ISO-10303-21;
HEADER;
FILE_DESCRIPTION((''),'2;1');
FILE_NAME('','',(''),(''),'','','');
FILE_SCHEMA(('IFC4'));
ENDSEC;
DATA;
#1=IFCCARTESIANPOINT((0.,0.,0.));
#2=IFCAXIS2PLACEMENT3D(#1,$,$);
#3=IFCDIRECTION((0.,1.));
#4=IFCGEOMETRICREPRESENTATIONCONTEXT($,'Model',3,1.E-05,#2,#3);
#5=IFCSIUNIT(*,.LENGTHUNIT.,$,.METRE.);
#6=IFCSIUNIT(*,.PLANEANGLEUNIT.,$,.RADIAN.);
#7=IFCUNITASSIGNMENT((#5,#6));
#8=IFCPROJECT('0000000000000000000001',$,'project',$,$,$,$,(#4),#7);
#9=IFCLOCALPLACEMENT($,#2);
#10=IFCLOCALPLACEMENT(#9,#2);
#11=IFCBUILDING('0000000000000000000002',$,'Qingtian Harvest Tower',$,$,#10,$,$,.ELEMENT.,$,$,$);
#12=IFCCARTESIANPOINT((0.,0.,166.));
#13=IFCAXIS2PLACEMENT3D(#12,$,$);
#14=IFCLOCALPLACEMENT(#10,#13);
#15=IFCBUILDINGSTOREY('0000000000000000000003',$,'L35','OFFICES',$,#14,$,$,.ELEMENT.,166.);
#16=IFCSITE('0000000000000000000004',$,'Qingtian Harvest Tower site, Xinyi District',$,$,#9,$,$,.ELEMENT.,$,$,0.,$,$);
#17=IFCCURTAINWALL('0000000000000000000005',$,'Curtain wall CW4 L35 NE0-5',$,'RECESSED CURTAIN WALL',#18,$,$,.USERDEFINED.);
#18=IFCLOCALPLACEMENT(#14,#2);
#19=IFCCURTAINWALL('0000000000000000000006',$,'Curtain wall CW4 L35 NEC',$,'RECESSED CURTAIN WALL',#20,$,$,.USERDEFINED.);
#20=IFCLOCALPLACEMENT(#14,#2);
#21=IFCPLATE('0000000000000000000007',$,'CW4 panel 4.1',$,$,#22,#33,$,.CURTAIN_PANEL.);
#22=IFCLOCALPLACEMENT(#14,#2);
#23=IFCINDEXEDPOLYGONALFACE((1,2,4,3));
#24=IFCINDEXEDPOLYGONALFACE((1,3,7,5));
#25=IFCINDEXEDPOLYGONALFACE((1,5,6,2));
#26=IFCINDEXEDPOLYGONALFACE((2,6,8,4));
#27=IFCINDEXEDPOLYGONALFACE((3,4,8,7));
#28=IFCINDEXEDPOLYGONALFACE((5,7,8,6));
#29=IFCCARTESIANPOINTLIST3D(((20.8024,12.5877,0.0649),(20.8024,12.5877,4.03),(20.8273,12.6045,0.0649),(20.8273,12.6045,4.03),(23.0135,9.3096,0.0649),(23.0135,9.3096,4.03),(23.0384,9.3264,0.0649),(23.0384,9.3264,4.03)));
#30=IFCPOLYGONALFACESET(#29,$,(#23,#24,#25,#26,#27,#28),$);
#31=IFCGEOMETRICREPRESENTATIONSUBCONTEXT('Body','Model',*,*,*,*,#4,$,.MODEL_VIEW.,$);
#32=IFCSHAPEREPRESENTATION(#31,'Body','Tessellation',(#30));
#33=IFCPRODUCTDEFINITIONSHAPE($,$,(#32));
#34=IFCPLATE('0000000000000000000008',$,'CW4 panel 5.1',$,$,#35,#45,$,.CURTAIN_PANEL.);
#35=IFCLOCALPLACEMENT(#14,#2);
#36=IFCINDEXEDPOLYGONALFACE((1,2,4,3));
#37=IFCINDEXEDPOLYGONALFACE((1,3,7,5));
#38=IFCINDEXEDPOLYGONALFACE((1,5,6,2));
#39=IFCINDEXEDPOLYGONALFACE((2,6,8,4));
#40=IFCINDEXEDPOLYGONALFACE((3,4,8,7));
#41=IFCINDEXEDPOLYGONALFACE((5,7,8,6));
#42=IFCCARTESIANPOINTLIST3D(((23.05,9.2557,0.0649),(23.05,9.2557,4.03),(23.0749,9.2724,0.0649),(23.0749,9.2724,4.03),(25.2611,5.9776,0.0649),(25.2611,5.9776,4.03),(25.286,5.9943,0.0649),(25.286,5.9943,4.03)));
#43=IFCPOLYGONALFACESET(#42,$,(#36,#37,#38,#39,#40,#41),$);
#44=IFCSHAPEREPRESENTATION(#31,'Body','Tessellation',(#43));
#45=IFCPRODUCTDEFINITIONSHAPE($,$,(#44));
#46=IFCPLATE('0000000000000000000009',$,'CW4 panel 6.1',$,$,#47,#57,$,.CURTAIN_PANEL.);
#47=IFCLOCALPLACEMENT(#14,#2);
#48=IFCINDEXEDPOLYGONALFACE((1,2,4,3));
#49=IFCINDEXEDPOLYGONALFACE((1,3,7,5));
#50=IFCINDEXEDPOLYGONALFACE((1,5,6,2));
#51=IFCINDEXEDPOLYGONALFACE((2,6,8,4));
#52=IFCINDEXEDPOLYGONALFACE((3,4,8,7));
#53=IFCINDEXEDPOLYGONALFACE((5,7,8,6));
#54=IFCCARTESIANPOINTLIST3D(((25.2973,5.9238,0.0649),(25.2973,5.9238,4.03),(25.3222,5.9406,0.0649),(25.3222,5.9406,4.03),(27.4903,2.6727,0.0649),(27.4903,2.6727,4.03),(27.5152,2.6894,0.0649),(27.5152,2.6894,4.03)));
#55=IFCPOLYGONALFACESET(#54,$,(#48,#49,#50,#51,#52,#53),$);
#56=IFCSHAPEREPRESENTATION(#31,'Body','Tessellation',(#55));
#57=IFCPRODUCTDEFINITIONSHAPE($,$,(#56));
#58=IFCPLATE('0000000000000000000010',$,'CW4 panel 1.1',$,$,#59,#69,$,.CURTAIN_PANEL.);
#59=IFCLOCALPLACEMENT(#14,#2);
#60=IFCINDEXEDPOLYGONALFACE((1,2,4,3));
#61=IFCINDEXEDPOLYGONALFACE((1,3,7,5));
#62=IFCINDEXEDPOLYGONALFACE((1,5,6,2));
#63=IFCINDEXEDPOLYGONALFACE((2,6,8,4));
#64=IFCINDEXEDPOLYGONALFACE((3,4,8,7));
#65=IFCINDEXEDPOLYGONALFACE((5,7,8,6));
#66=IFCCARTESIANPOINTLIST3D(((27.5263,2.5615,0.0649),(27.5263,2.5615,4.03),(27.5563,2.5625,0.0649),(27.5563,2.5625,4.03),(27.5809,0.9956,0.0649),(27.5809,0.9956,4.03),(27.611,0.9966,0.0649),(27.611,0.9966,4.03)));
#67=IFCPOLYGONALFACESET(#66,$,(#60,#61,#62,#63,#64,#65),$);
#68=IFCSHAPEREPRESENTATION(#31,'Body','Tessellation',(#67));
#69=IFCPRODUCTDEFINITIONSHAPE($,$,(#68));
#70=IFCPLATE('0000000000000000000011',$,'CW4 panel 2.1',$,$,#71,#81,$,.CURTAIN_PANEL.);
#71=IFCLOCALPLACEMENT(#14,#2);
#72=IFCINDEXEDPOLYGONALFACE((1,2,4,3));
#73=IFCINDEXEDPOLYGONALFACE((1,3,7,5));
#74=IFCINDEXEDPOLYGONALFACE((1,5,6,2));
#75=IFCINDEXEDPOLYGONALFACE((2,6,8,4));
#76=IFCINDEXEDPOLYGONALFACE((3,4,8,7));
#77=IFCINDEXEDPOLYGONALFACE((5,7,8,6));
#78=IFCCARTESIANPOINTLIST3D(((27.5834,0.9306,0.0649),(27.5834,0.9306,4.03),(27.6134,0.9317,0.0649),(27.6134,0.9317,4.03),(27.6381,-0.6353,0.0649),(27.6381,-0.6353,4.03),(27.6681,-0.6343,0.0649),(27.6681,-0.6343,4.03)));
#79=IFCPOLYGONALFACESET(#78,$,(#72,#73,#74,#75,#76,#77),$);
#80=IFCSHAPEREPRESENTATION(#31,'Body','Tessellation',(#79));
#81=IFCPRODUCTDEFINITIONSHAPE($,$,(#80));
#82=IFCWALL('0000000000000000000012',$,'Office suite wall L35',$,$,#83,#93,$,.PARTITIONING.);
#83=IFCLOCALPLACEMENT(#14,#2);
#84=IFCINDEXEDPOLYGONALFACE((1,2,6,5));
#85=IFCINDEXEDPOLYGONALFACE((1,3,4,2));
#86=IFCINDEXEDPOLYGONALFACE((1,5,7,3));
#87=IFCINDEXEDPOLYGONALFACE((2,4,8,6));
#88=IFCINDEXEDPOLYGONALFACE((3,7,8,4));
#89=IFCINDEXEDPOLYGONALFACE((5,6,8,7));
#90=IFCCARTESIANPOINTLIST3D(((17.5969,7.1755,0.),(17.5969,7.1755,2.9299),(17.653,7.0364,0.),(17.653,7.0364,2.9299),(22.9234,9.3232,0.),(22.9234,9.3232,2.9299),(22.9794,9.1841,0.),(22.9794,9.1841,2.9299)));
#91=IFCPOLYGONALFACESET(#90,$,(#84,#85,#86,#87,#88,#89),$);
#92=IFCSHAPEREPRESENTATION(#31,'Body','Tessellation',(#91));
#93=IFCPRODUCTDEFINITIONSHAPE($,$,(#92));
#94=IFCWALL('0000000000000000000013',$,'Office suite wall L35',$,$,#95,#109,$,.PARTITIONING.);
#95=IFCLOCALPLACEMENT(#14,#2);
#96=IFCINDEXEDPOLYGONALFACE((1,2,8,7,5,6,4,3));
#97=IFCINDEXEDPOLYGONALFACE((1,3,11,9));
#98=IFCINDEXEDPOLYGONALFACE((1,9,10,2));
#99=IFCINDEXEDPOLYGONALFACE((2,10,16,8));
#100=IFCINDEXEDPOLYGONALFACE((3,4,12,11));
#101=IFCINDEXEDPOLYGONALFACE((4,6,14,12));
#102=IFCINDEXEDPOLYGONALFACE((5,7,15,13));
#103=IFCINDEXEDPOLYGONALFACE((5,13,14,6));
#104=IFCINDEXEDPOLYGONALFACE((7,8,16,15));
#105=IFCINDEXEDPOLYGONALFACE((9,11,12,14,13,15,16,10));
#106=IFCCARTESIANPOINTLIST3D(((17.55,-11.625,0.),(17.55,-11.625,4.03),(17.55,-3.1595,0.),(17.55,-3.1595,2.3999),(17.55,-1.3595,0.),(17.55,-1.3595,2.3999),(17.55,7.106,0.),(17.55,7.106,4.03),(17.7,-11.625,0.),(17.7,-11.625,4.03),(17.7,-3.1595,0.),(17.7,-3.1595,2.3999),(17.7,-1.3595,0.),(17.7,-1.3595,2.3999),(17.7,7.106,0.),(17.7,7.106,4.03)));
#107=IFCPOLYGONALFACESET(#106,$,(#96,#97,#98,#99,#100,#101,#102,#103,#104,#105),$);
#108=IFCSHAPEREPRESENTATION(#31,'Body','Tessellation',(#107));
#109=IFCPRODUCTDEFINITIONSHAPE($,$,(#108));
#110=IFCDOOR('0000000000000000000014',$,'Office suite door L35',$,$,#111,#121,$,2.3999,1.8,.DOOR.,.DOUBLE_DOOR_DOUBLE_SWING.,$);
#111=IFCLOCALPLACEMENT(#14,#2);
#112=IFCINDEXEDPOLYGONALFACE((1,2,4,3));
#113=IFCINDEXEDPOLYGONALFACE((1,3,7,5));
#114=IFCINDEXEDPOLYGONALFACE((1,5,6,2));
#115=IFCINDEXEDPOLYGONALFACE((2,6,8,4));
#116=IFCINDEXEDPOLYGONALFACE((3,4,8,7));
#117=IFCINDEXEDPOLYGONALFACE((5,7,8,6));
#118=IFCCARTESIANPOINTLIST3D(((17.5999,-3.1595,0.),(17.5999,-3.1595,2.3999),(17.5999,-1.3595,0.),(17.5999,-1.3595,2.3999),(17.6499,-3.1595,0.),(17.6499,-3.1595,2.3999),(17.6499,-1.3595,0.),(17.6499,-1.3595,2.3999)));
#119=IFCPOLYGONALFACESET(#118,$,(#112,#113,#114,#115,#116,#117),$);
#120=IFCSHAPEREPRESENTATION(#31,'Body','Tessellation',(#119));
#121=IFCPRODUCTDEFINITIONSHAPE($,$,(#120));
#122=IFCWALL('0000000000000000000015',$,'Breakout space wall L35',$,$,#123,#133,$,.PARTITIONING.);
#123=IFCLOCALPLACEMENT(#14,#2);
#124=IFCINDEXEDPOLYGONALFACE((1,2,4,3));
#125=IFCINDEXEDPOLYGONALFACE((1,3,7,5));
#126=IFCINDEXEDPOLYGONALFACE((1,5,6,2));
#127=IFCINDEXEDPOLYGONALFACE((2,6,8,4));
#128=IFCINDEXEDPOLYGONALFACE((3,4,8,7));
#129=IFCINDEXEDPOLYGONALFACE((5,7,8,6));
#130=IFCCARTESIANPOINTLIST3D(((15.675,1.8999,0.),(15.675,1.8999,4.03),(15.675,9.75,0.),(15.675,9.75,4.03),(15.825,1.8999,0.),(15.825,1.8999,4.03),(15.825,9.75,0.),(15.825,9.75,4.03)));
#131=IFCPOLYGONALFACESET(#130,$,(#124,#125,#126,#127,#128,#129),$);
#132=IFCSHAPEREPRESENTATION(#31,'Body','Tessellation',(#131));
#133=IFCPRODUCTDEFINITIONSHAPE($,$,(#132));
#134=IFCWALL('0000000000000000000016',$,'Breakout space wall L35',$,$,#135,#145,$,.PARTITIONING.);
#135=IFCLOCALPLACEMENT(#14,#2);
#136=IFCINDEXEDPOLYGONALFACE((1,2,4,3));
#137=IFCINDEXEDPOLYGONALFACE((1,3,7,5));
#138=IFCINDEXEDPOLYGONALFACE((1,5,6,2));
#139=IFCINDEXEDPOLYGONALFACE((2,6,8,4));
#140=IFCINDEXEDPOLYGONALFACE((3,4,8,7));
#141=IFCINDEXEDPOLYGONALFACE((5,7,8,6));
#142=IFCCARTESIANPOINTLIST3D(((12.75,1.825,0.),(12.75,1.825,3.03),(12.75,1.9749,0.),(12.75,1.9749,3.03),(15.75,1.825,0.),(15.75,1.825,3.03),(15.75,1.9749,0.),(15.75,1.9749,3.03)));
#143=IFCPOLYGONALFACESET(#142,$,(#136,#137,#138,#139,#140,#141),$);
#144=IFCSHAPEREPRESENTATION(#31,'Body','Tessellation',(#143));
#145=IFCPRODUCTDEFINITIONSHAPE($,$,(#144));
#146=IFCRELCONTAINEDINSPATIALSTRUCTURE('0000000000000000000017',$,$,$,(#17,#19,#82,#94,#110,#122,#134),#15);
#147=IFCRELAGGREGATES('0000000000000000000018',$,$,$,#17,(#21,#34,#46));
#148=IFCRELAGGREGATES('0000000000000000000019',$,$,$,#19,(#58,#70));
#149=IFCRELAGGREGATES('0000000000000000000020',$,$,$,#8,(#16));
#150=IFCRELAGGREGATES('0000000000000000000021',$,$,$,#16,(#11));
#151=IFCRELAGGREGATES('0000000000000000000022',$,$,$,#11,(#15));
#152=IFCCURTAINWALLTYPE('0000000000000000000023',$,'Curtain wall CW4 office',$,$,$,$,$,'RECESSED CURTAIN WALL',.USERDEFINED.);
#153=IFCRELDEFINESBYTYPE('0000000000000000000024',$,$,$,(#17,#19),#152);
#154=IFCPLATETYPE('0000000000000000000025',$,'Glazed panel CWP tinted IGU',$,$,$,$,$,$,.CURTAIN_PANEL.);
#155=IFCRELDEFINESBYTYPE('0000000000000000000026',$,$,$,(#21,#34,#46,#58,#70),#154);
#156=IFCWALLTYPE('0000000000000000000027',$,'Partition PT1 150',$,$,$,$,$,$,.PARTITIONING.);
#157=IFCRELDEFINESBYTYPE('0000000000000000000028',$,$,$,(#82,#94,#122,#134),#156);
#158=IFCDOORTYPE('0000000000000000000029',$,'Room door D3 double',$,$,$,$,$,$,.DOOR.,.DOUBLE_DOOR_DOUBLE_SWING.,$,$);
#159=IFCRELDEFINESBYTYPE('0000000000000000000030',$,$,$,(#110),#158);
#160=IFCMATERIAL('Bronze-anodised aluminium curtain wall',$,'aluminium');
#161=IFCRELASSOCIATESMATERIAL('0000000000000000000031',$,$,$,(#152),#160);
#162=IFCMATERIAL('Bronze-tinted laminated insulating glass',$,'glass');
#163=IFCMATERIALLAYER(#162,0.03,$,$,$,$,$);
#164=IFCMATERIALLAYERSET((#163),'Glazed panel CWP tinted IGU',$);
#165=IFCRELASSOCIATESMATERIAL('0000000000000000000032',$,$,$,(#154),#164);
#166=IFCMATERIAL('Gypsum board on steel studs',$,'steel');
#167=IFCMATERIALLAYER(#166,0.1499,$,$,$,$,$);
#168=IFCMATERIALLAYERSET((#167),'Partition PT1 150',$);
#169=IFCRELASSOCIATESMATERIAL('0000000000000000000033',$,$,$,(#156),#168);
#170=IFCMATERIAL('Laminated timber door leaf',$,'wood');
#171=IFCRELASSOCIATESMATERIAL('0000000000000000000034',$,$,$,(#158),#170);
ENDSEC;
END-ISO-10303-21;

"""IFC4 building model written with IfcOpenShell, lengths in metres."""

from ifc_helpers import new_model, si_unit, direction, frame, frame_2d, origin, origin_2d, place, context, subcontext, project, spatial, rectangle, extrude, material, layer, layer_set, type_object, element, fill, aggregate, save


model = new_model("IFC4")

# Units and contexts
model_context = context("Model", 3, precision=1e-05, world=origin(), true_north=direction((0.0, 1.0)))
body_context = subcontext(model_context, "Body", "Model", "MODEL_VIEW")
ifc_project = project(units=[si_unit("LENGTHUNIT", "METRE"), si_unit("PLANEANGLEUNIT", "RADIAN")], contexts=[model_context])

# Site, building, storey
site_placement = place(None, origin())
site = spatial("IfcSite", under=ifc_project, at=site_placement, Name="Qingtian Harvest Tower site, Xinyi District", CompositionType="ELEMENT", RefElevation=0.0)
building_placement = place(site_placement, origin())
building = spatial("IfcBuilding", under=site, at=building_placement, Name="Qingtian Harvest Tower", CompositionType="ELEMENT")
storey_placement = place(building_placement, frame((0.0, 0.0, 166.0)))
storey = spatial("IfcBuildingStorey", under=building, at=storey_placement, Name="L35", Description="OFFICES", CompositionType="ELEMENT", Elevation=166.0)

# Curtain walls
ifc_material_1 = material(Name="Bronze-anodised aluminium curtain wall", Category="aluminium")
curtain_wall_type = type_object("IfcCurtainWallType", Name="Curtain wall CW4 office", ElementType="RECESSED CURTAIN WALL", PredefinedType="USERDEFINED", material=ifc_material_1)
curtain_wall_1_placement = place(storey_placement, origin())
curtain_wall_1 = element("IfcCurtainWall", 1, at=curtain_wall_1_placement, inside=storey, type_object=curtain_wall_type, Name="Curtain wall CW4 L35 NE0-5", ObjectType="RECESSED CURTAIN WALL", PredefinedType="USERDEFINED")
curtain_wall_2_placement = place(storey_placement, origin())
curtain_wall_2 = element("IfcCurtainWall", 2, at=curtain_wall_2_placement, inside=storey, type_object=curtain_wall_type, Name="Curtain wall CW4 L35 NEC", ObjectType="RECESSED CURTAIN WALL", PredefinedType="USERDEFINED")

# Plates
ifc_material_2 = material(Name="Bronze-tinted laminated insulating glass", Category="glass")
ifc_layer_1 = layer(ifc_material_2, 0.03)
ifc_layer_set_1 = layer_set([ifc_layer_1], Name="Glazed panel CWP tinted IGU")
plate_type = type_object("IfcPlateType", Name="Glazed panel CWP tinted IGU", PredefinedType="CURTAIN_PANEL", material=ifc_layer_set_1)
plate_1_placement = place(storey_placement, frame((21.9204, 10.957, 0.0649), z_axis=(0.0, 0.0, 1.0), x_axis=(0.559193, -0.829038, 0.0)))
plate_1 = element("IfcPlate", 3, at=plate_1_placement, type_object=plate_type, Name="CW4 panel 4.1", PredefinedType="CURTAIN_PANEL", context=body_context, shape_type="SweptSolid", body=[
    extrude(rectangle(XDim=3.9541, YDim=0.03, at=origin_2d()), origin(), (0.0, 0.0, 1.0), 3.9651),
])
plate_2_placement = place(storey_placement, frame((24.168, 7.625, 0.0649), z_axis=(0.0, 0.0, 1.0), x_axis=(0.559193, -0.829038, 0.0)))
plate_2 = element("IfcPlate", 4, at=plate_2_placement, type_object=plate_type, Name="CW4 panel 5.1", PredefinedType="CURTAIN_PANEL", context=body_context, shape_type="SweptSolid", body=[
    extrude(rectangle(XDim=3.9541, YDim=0.03, at=origin_2d()), origin(), (0.0, 0.0, 1.0), 3.9651),
])
plate_3_placement = place(storey_placement, frame((26.4062, 4.3066, 0.0649), z_axis=(0.0, 0.0, 1.0), x_axis=(0.559193, -0.829038, 0.0)))
plate_3 = element("IfcPlate", 5, at=plate_3_placement, type_object=plate_type, Name="CW4 panel 6.1", PredefinedType="CURTAIN_PANEL", context=body_context, shape_type="SweptSolid", body=[
    extrude(rectangle(XDim=3.9216, YDim=0.03, at=origin_2d()), origin(), (0.0, 0.0, 1.0), 3.9651),
])
aggregate(curtain_wall_1, [plate_1, plate_2, plate_3])
plate_4_placement = place(storey_placement, frame((27.5686, 1.7791, 0.0649), z_axis=(0.0, 0.0, 1.0), x_axis=(0.034899, -0.999391, 0.0)))
plate_4 = element("IfcPlate", 6, at=plate_4_placement, type_object=plate_type, Name="CW4 panel 1.1", PredefinedType="CURTAIN_PANEL", context=body_context, shape_type="SweptSolid", body=[
    extrude(rectangle(XDim=1.5669, YDim=0.03, at=origin_2d()), origin(), (0.0, 0.0, 1.0), 3.9651),
])
plate_5_placement = place(storey_placement, frame((27.6257, 0.1482, 0.0649), z_axis=(0.0, 0.0, 1.0), x_axis=(0.034899, -0.999391, 0.0)))
plate_5 = element("IfcPlate", 7, at=plate_5_placement, type_object=plate_type, Name="CW4 panel 2.1", PredefinedType="CURTAIN_PANEL", context=body_context, shape_type="SweptSolid", body=[
    extrude(rectangle(XDim=1.5669, YDim=0.03, at=origin_2d()), origin(), (0.0, 0.0, 1.0), 3.9651),
])
aggregate(curtain_wall_2, [plate_4, plate_5])

# Wall
ifc_material_3 = material(Name="Gypsum board on steel studs", Category="steel")
ifc_layer_2 = layer(ifc_material_3, 0.1499)
ifc_layer_set_2 = layer_set([ifc_layer_2], Name="Partition PT1 150")
wall_type = type_object("IfcWallType", Name="Partition PT1 150", PredefinedType="PARTITIONING", material=ifc_layer_set_2)
wall_1_placement = place(storey_placement, frame((22.9514, 9.2537, 0.0), z_axis=(0.0, 0.0, 1.0), x_axis=(-0.927444, -0.373962, 0.0)))
element("IfcWall", 8, at=wall_1_placement, inside=storey, type_object=wall_type, Name="Office suite wall L35", PredefinedType="PARTITIONING", context=body_context, shape_type="SweptSolid", body=[
    extrude(rectangle(XDim=5.7432, YDim=0.1499, at=frame_2d((2.8716, 0.0))), origin(), (0.0, 0.0, 1.0), 2.9299),
])

# Wall, opening, door
wall_2_placement = place(storey_placement, frame((17.625, 7.106, 0.0), z_axis=(0.0, 0.0, 1.0), x_axis=(0.0, -1.0, 0.0)))
wall_2 = element("IfcWall", 9, at=wall_2_placement, inside=storey, type_object=wall_type, Name="Office suite wall L35", PredefinedType="PARTITIONING", context=body_context, shape_type="SweptSolid", body=[
    extrude(rectangle(XDim=18.731, YDim=0.1499, at=frame_2d((9.3655, 0.0))), origin(), (0.0, 0.0, 1.0), 4.03),
])
opening_placement = place(wall_2_placement, frame((8.4656, 0.0, 0.0)))
opening = element("IfcOpeningElement", 10, at=opening_placement, cuts=wall_2, PredefinedType="OPENING", context=body_context, shape_type="SweptSolid", body=[
    extrude(rectangle(XDim=1.8, YDim=2.3999, at=frame_2d((0.8999, 1.2))), frame((0.0, 0.085, 0.0), z_axis=(0.0, -1.0, 0.0), x_axis=(1.0, 0.0, 0.0)), (0.0, 0.0, 1.0), 0.1699),
])
ifc_material_4 = material(Name="Laminated timber door leaf", Category="wood")
door_type = type_object("IfcDoorType", Name="Room door D3 double", OperationType="DOUBLE_DOOR_DOUBLE_SWING", PredefinedType="DOOR", material=ifc_material_4)
door_placement = place(opening_placement, origin())
door = element("IfcDoor", 11, at=door_placement, inside=storey, type_object=door_type, Name="Office suite door L35", OperationType="DOUBLE_DOOR_DOUBLE_SWING", OverallHeight=2.3999, OverallWidth=1.8, PredefinedType="DOOR", context=body_context, shape_type="SweptSolid", body=[
    extrude(rectangle(XDim=1.8, YDim=2.3999, at=frame_2d((0.8999, 1.2))), frame((0.0, 0.0249, 0.0), z_axis=(0.0, -1.0, 0.0), x_axis=(1.0, 0.0, 0.0)), (0.0, 0.0, 1.0), 0.05),
])
fill(opening, door)

# Walls
wall_3_placement = place(storey_placement, frame((15.75, 1.8999, 0.0), z_axis=(0.0, 0.0, 1.0), x_axis=(0.0, 1.0, 0.0)))
element("IfcWall", 12, at=wall_3_placement, inside=storey, type_object=wall_type, Name="Breakout space wall L35", PredefinedType="PARTITIONING", context=body_context, shape_type="SweptSolid", body=[
    extrude(rectangle(XDim=7.8501, YDim=0.1499, at=frame_2d((3.925, 0.0))), origin(), (0.0, 0.0, 1.0), 4.03),
])
wall_4_placement = place(storey_placement, frame((12.75, 1.8999, 0.0), z_axis=(0.0, 0.0, 1.0), x_axis=(1.0, 0.0, 0.0)))
element("IfcWall", 13, at=wall_4_placement, inside=storey, type_object=wall_type, Name="Breakout space wall L35", PredefinedType="PARTITIONING", context=body_context, shape_type="SweptSolid", body=[
    extrude(rectangle(XDim=3.0, YDim=0.1499, at=frame_2d((1.5, 0.0))), origin(), (0.0, 0.0, 1.0), 3.03),
])

save(model, "model.ifc")
